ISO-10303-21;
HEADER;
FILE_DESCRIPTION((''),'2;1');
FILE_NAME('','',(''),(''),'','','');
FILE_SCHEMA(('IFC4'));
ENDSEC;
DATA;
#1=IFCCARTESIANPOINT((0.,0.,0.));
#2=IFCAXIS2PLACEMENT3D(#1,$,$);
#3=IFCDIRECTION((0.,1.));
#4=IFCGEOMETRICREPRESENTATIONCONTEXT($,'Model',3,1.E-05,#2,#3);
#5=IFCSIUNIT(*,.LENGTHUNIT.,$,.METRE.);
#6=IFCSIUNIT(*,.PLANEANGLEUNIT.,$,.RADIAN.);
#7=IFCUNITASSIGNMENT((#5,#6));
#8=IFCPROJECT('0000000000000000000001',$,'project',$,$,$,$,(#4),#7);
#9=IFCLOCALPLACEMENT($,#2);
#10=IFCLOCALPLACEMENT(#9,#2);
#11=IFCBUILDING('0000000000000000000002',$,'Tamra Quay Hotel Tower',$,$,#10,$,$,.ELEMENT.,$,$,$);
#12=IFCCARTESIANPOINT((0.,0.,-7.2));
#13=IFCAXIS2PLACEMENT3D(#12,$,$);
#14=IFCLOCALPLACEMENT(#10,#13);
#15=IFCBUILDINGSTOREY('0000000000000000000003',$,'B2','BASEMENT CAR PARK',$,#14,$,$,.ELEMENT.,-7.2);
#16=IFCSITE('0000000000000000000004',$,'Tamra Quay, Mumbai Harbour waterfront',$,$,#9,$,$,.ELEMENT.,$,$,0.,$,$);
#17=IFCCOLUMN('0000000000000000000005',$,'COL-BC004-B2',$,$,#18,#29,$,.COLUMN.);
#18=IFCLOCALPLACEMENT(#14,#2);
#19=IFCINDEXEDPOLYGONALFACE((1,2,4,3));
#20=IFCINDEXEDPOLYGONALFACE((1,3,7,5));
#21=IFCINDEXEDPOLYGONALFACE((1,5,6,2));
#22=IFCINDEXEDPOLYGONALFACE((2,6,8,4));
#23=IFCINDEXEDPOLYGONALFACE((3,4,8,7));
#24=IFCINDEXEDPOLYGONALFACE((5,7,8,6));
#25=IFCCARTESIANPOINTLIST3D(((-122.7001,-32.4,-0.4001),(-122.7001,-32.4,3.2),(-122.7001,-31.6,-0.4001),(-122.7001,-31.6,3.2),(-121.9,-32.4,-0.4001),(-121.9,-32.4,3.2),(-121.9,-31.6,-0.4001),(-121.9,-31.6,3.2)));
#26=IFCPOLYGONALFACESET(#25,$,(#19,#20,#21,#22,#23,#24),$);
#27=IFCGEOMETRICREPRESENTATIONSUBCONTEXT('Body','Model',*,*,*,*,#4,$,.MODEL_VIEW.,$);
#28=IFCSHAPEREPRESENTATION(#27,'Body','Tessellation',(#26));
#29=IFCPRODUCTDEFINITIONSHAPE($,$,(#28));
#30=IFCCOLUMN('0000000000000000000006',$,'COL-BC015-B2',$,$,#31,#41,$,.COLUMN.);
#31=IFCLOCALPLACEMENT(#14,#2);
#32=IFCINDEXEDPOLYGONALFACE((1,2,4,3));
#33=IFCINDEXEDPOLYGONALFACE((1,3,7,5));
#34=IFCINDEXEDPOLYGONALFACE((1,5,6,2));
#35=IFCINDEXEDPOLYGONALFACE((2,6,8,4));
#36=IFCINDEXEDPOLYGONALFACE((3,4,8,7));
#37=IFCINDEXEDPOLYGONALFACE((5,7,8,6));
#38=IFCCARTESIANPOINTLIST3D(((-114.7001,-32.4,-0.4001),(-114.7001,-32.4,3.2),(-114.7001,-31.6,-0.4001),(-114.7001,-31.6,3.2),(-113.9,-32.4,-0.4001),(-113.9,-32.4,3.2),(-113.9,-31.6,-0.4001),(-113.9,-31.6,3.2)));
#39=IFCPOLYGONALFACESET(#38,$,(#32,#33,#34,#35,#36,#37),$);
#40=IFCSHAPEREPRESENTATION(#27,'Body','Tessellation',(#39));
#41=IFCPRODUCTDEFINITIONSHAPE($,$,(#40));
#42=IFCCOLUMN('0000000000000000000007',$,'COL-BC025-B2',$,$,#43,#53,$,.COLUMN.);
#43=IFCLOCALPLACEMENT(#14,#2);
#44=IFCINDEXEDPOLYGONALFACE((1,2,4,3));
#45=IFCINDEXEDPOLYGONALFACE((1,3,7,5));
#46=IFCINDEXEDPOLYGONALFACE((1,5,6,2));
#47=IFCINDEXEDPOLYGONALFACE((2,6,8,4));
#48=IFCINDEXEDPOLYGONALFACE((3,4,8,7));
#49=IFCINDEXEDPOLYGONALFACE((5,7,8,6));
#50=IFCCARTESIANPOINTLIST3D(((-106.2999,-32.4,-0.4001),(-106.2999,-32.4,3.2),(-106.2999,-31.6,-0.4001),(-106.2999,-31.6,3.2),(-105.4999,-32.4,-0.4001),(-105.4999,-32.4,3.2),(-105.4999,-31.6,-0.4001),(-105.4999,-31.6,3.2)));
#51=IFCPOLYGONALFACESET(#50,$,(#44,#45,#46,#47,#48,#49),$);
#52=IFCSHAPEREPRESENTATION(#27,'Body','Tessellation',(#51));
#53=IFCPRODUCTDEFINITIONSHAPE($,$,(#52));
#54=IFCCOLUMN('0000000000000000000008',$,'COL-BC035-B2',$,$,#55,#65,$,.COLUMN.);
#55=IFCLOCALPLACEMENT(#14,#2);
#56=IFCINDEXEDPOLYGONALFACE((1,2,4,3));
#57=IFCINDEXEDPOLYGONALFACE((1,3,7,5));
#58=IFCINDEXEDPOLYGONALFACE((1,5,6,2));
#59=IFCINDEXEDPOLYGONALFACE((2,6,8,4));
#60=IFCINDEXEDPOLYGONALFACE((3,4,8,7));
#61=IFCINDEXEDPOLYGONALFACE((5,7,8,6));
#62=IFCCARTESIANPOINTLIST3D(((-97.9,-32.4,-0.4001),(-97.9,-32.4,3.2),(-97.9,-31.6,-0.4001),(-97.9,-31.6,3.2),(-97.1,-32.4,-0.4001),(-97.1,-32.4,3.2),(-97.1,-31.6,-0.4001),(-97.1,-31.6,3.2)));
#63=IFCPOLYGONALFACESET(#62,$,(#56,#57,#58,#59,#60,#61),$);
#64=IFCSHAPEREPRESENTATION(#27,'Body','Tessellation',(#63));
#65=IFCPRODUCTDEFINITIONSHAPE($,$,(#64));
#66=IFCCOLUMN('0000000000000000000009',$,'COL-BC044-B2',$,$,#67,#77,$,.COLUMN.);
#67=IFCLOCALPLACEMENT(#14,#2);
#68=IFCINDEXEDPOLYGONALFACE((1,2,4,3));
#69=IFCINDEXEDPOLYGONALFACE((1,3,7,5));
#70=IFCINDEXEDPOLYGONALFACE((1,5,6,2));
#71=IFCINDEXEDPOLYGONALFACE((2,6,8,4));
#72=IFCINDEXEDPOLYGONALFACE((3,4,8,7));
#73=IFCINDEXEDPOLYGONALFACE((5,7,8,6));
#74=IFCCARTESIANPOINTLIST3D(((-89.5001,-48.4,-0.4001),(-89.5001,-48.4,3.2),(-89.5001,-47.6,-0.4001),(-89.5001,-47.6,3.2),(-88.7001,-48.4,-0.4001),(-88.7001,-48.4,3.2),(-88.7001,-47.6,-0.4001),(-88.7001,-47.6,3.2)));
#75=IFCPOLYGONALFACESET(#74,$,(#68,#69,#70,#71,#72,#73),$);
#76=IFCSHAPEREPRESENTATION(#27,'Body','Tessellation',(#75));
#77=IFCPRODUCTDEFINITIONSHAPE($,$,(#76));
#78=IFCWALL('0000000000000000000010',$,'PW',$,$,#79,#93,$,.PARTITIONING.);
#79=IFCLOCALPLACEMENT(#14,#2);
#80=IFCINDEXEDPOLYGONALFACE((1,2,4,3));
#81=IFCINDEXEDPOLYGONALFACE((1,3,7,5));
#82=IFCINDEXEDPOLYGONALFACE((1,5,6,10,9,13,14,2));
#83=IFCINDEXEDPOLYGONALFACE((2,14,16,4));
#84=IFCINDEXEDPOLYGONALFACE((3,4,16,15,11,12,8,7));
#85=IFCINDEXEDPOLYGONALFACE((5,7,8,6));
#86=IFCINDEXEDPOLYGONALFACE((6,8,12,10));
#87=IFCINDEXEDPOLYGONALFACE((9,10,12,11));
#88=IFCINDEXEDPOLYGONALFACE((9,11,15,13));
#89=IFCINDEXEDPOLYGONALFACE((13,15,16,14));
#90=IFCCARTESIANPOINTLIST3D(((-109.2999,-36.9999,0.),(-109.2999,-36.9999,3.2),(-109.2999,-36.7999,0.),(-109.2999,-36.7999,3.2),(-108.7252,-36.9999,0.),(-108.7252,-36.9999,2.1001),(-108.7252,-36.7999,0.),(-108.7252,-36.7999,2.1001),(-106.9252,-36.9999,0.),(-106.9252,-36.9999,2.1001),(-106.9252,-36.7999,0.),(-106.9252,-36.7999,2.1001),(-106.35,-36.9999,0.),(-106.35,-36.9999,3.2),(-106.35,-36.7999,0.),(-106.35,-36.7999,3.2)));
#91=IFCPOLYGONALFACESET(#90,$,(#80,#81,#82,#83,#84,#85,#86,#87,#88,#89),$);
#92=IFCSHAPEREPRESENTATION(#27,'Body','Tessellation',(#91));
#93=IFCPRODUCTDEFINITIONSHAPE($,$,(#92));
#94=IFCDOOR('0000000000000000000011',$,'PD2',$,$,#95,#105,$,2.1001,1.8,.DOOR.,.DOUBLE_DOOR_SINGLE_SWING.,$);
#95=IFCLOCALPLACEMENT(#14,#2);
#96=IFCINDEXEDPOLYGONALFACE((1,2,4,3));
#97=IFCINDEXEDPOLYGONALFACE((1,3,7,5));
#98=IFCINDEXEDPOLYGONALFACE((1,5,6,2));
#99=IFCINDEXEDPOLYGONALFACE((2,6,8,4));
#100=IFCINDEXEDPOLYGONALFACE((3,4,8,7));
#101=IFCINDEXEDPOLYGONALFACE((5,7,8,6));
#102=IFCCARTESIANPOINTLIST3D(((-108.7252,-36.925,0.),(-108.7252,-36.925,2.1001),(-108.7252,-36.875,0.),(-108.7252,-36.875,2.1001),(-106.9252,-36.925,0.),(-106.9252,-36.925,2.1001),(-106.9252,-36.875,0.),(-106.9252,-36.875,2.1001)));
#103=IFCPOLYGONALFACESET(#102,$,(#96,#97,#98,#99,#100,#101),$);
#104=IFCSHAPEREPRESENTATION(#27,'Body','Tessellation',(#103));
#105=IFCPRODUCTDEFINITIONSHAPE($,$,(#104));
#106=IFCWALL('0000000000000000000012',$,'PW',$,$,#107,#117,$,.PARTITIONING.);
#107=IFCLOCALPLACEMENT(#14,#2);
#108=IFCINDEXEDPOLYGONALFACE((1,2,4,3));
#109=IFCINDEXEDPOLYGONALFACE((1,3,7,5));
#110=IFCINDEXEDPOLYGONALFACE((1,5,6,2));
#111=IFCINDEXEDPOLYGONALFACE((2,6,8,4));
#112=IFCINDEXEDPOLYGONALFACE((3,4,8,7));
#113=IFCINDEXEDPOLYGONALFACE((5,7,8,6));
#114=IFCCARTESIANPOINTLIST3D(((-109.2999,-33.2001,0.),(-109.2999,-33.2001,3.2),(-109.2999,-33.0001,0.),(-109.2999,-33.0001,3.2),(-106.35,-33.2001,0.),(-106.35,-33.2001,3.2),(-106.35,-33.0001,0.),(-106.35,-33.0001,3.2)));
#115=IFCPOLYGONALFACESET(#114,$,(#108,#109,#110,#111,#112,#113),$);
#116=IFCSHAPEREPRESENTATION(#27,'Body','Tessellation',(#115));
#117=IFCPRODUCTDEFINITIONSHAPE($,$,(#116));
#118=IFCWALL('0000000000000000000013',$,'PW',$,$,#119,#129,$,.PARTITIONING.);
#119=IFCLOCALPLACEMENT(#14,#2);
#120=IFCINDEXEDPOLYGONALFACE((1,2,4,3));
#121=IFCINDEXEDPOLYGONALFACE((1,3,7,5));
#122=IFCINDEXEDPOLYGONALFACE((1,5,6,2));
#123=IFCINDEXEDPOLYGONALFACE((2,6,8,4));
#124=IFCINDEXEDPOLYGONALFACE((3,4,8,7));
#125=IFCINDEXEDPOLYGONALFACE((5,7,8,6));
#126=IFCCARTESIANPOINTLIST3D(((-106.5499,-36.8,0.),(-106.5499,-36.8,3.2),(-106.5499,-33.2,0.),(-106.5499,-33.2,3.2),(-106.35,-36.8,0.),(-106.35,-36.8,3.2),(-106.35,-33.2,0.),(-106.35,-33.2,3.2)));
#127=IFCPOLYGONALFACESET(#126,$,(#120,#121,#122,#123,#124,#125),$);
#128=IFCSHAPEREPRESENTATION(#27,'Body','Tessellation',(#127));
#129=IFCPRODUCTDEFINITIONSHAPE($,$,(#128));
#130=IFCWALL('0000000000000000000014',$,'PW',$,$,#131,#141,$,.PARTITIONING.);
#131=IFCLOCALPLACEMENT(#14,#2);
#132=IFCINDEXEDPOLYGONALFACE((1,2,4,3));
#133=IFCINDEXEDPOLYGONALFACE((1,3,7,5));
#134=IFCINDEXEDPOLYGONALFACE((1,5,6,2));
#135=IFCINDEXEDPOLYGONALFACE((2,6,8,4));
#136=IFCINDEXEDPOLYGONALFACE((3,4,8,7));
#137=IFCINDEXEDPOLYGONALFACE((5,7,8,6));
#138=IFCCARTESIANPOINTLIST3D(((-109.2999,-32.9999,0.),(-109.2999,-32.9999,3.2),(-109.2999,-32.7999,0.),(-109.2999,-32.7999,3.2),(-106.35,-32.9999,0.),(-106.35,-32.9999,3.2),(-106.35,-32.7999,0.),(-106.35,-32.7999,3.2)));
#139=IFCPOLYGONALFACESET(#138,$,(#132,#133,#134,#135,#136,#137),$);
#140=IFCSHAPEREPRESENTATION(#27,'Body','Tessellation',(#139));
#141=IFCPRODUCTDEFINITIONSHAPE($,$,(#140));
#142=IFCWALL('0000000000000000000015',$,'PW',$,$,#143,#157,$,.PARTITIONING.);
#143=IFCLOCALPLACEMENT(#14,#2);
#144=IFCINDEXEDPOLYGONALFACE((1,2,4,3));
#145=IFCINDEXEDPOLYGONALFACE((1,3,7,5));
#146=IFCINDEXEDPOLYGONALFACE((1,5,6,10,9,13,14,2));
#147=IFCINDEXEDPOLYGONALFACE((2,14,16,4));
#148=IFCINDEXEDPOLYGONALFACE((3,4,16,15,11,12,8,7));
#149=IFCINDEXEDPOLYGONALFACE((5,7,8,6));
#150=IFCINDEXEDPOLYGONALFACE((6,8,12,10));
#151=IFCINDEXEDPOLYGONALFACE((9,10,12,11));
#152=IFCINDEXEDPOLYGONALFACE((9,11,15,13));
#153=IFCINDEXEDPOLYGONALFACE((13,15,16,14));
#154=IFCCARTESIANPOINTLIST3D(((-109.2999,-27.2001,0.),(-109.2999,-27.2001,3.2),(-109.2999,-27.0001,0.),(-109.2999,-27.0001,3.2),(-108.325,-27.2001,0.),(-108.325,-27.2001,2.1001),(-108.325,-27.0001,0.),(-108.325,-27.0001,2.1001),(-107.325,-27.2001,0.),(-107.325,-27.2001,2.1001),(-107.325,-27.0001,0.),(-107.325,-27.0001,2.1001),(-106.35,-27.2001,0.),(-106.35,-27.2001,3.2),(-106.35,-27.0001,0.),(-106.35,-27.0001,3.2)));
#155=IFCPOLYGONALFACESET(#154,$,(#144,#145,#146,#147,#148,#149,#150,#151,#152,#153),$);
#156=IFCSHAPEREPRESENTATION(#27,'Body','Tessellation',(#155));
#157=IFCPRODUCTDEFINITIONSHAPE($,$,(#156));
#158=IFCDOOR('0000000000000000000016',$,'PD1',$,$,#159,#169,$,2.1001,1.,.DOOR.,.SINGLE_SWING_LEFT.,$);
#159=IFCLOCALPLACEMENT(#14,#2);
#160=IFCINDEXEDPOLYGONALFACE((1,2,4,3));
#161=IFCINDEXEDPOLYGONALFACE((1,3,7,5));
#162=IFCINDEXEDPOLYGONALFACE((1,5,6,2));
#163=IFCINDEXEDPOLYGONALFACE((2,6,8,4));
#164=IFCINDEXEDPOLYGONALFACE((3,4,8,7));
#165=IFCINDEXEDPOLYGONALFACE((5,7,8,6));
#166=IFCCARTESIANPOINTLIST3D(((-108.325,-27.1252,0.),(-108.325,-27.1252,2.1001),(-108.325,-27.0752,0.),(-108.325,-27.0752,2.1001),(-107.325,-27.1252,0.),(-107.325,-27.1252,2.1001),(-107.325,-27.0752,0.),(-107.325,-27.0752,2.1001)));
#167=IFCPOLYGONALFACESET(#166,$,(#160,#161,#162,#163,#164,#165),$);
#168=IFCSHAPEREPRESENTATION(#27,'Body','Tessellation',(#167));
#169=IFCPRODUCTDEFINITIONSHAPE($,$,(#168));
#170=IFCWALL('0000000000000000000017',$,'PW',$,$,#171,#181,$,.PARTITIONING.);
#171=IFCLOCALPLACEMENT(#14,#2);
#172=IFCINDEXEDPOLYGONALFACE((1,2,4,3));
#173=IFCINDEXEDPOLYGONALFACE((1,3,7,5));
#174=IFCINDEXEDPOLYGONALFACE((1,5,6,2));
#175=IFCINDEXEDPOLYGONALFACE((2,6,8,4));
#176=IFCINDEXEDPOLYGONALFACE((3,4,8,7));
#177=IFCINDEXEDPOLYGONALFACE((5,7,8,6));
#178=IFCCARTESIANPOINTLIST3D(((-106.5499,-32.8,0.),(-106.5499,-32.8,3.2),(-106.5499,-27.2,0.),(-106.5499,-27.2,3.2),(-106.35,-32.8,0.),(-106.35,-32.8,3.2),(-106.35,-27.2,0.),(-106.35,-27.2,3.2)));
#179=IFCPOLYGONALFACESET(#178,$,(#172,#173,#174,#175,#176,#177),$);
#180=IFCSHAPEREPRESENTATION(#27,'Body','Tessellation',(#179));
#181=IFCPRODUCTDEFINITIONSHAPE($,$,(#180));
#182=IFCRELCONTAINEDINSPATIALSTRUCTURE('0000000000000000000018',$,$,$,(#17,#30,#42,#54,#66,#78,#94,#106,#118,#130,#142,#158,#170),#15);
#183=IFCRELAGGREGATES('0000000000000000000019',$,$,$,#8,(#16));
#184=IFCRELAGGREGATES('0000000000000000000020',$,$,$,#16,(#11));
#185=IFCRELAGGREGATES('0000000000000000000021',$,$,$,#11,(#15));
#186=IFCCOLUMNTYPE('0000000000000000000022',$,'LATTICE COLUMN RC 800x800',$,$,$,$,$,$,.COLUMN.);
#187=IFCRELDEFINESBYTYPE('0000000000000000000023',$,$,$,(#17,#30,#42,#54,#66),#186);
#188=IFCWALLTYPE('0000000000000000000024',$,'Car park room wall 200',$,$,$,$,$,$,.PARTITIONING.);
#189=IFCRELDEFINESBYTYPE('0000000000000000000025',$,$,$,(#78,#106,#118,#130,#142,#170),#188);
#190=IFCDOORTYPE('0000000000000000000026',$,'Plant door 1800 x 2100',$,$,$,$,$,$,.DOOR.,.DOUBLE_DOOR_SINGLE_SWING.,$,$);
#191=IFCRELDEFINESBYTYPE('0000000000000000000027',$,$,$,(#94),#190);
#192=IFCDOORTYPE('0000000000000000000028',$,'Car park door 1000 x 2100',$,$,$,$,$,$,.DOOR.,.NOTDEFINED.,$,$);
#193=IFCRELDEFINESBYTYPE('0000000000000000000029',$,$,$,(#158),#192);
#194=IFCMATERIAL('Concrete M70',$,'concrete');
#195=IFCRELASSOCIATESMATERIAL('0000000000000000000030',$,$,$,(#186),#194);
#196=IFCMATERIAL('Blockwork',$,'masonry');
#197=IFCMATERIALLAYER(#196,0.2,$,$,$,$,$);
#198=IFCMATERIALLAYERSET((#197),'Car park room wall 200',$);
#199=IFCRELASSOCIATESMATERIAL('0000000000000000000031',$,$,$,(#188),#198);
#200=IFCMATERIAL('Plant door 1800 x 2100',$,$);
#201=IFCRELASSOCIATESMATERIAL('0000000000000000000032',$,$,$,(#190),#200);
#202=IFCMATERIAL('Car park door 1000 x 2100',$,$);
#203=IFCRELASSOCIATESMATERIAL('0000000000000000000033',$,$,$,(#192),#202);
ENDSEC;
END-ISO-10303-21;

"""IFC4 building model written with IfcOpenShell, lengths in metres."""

from ifc_helpers import new_model, si_unit, direction, frame, frame_2d, origin, origin_2d, place, context, subcontext, project, spatial, rectangle, extrude, material, layer, layer_set, material_profile, profile_set, type_object, element, fill, save


model = new_model("IFC4")

# Units and contexts
model_context = context("Model", 3, precision=1e-05, world=origin(), true_north=direction((0.0, 1.0)))
body_context = subcontext(model_context, "Body", "Model", "MODEL_VIEW")
ifc_project = project(units=[si_unit("LENGTHUNIT", "METRE"), si_unit("PLANEANGLEUNIT", "RADIAN")], contexts=[model_context])

# Site, building, storey
site_placement = place(None, origin())
site = spatial("IfcSite", under=ifc_project, at=site_placement, Name="Tamra Quay, Mumbai Harbour waterfront", CompositionType="ELEMENT", RefElevation=0.0)
building_placement = place(site_placement, origin())
building = spatial("IfcBuilding", under=site, at=building_placement, Name="Tamra Quay Hotel Tower", CompositionType="ELEMENT")
storey_placement = place(building_placement, frame((0.0, 0.0, -7.2)))
storey = spatial("IfcBuildingStorey", under=building, at=storey_placement, Name="B2", Description="BASEMENT CAR PARK", CompositionType="ELEMENT", Elevation=-7.2)

# Columns
ifc_material_1 = material(Name="Concrete M70", Category="concrete")
ifc_material_profile = material_profile(ifc_material_1, rectangle(XDim=0.8, YDim=0.8, at=origin_2d()), Name="LATTICE COLUMN RC 800x800")
ifc_profile_set = profile_set([ifc_material_profile], Name="Concrete M70")
column_type = type_object("IfcColumnType", Name="LATTICE COLUMN RC 800x800", PredefinedType="COLUMN", material=ifc_profile_set)
for number, where, z_axis, x_axis, name in (
    (1, (-122.3, -32.0, -0.4001), (0.0, 0.0, 1.0), (1.0, 0.0, 0.0), "COL-BC004-B2"),
    (2, (-114.3, -32.0, -0.4001), (0.0, 0.0, 1.0), (1.0, 0.0, 0.0), "COL-BC015-B2"),
    (3, (-105.8999, -32.0, -0.4001), (0.0, 0.0, 1.0), (1.0, 0.0, 0.0), "COL-BC025-B2"),
    (4, (-97.5, -32.0, -0.4001), (0.0, 0.0, 1.0), (1.0, 0.0, 0.0), "COL-BC035-B2"),
    (5, (-89.1001, -48.0, -0.4001), (0.0, 0.0, 1.0), (1.0, 0.0, 0.0), "COL-BC044-B2"),
):
    element("IfcColumn", number, at=place(storey_placement, frame(where, z_axis=z_axis, x_axis=x_axis)), inside=storey, type_object=column_type, Name=name, PredefinedType="COLUMN", context=body_context, shape_type="SweptSolid", body=[
        extrude(rectangle(XDim=0.8, YDim=0.8, at=origin_2d()), origin(), (0.0, 0.0, 1.0), 3.6001),
    ])

# Wall, opening, door
ifc_material_2 = material(Name="Blockwork", Category="masonry")
ifc_layer_1 = layer(ifc_material_2, 0.2)
ifc_layer_set_1 = layer_set([ifc_layer_1], Name="Car park room wall 200")
wall_type_1 = type_object("IfcWallType", Name="Car park room wall 200", PredefinedType="PARTITIONING", material=ifc_layer_set_1)
wall_1_placement = place(storey_placement, frame((-109.3, -36.8999, 0.0), z_axis=(0.0, 0.0, 1.0), x_axis=(1.0, 0.0, 0.0)))
wall_1 = element("IfcWall", 6, at=wall_1_placement, inside=storey, type_object=wall_type_1, Name="PW", PredefinedType="PARTITIONING", context=body_context, shape_type="SweptSolid", body=[
    extrude(rectangle(XDim=2.95, YDim=0.2, at=frame_2d((1.4751, 0.0))), origin(), (0.0, 0.0, 1.0), 3.2),
])
opening_1_placement = place(wall_1_placement, frame((0.575, 0.0, 0.0)))
opening_1 = element("IfcOpeningElement", 7, at=opening_1_placement, cuts=wall_1, PredefinedType="OPENING", context=body_context, shape_type="SweptSolid", body=[
    extrude(rectangle(XDim=1.8, YDim=2.1001, at=frame_2d((0.8999, 1.05))), frame((0.0, 0.1099, 0.0), z_axis=(0.0, -1.0, 0.0), x_axis=(1.0, 0.0, 0.0)), (0.0, 0.0, 1.0), 0.22),
])
ifc_material_3 = material(Name="Plant door 1800 x 2100")
door_type_1 = type_object("IfcDoorType", Name="Plant door 1800 x 2100", OperationType="DOUBLE_DOOR_SINGLE_SWING", PredefinedType="DOOR", material=ifc_material_3)
door_1_placement = place(opening_1_placement, origin())
door_1 = element("IfcDoor", 8, at=door_1_placement, inside=storey, type_object=door_type_1, Name="PD2", OperationType="DOUBLE_DOOR_SINGLE_SWING", OverallHeight=2.1001, OverallWidth=1.8, PredefinedType="DOOR", context=body_context, shape_type="SweptSolid", body=[
    extrude(rectangle(XDim=1.8, YDim=2.1001, at=frame_2d((0.8999, 1.05))), frame((0.0, 0.0249, 0.0), z_axis=(0.0, -1.0, 0.0), x_axis=(1.0, 0.0, 0.0)), (0.0, 0.0, 1.0), 0.05),
])
fill(opening_1, door_1)

# Walls
wall_2_placement = place(storey_placement, frame((-109.3, -33.1001, 0.0), z_axis=(0.0, 0.0, 1.0), x_axis=(1.0, 0.0, 0.0)))
element("IfcWall", 9, at=wall_2_placement, inside=storey, type_object=wall_type_1, Name="PW", PredefinedType="PARTITIONING", context=body_context, shape_type="SweptSolid", body=[
    extrude(rectangle(XDim=2.95, YDim=0.2, at=frame_2d((1.4751, 0.0))), origin(), (0.0, 0.0, 1.0), 3.2),
])
wall_3_placement = place(storey_placement, frame((-106.45, -36.8, 0.0), z_axis=(0.0, 0.0, 1.0), x_axis=(0.0, 1.0, 0.0)))
element("IfcWall", 10, at=wall_3_placement, inside=storey, type_object=wall_type_1, Name="PW", PredefinedType="PARTITIONING", context=body_context, shape_type="SweptSolid", body=[
    extrude(rectangle(XDim=3.6001, YDim=0.2, at=frame_2d((1.8, 0.0))), origin(), (0.0, 0.0, 1.0), 3.2),
])
wall_4_placement = place(storey_placement, frame((-109.3, -32.8999, 0.0), z_axis=(0.0, 0.0, 1.0), x_axis=(1.0, 0.0, 0.0)))
element("IfcWall", 11, at=wall_4_placement, inside=storey, type_object=wall_type_1, Name="PW", PredefinedType="PARTITIONING", context=body_context, shape_type="SweptSolid", body=[
    extrude(rectangle(XDim=2.95, YDim=0.2, at=frame_2d((1.4751, 0.0))), origin(), (0.0, 0.0, 1.0), 3.2),
])

# Wall, opening, door
wall_5_placement = place(storey_placement, frame((-109.3, -27.1001, 0.0), z_axis=(0.0, 0.0, 1.0), x_axis=(1.0, 0.0, 0.0)))
wall_5 = element("IfcWall", 12, at=wall_5_placement, inside=storey, type_object=wall_type_1, Name="PW", PredefinedType="PARTITIONING", context=body_context, shape_type="SweptSolid", body=[
    extrude(rectangle(XDim=2.95, YDim=0.2, at=frame_2d((1.4751, 0.0))), origin(), (0.0, 0.0, 1.0), 3.2),
])
opening_2_placement = place(wall_5_placement, frame((0.9751, 0.0, 0.0)))
opening_2 = element("IfcOpeningElement", 13, at=opening_2_placement, cuts=wall_5, PredefinedType="OPENING", context=body_context, shape_type="SweptSolid", body=[
    extrude(rectangle(XDim=1.0, YDim=2.1001, at=frame_2d((0.5, 1.05))), frame((0.0, 0.1099, 0.0), z_axis=(0.0, -1.0, 0.0), x_axis=(1.0, 0.0, 0.0)), (0.0, 0.0, 1.0), 0.22),
])
ifc_material_4 = material(Name="Car park door 1000 x 2100")
door_type_2 = type_object("IfcDoorType", Name="Car park door 1000 x 2100", OperationType="NOTDEFINED", PredefinedType="DOOR", material=ifc_material_4)
door_2_placement = place(opening_2_placement, origin())
door_2 = element("IfcDoor", 14, at=door_2_placement, inside=storey, type_object=door_type_2, Name="PD1", OperationType="SINGLE_SWING_LEFT", OverallHeight=2.1001, OverallWidth=1.0, PredefinedType="DOOR", context=body_context, shape_type="SweptSolid", body=[
    extrude(rectangle(XDim=1.0, YDim=2.1001, at=frame_2d((0.5, 1.05))), frame((0.0, 0.0249, 0.0), z_axis=(0.0, -1.0, 0.0), x_axis=(1.0, 0.0, 0.0)), (0.0, 0.0, 1.0), 0.05),
])
fill(opening_2, door_2)

# Wall
wall_6_placement = place(storey_placement, frame((-106.45, -32.8, 0.0), z_axis=(0.0, 0.0, 1.0), x_axis=(0.0, 1.0, 0.0)))
element("IfcWall", 15, at=wall_6_placement, inside=storey, type_object=wall_type_1, Name="PW", PredefinedType="PARTITIONING", context=body_context, shape_type="SweptSolid", body=[
    extrude(rectangle(XDim=5.6001, YDim=0.2, at=frame_2d((2.8, 0.0))), origin(), (0.0, 0.0, 1.0), 3.2),
])

save(model, "model.ifc")
